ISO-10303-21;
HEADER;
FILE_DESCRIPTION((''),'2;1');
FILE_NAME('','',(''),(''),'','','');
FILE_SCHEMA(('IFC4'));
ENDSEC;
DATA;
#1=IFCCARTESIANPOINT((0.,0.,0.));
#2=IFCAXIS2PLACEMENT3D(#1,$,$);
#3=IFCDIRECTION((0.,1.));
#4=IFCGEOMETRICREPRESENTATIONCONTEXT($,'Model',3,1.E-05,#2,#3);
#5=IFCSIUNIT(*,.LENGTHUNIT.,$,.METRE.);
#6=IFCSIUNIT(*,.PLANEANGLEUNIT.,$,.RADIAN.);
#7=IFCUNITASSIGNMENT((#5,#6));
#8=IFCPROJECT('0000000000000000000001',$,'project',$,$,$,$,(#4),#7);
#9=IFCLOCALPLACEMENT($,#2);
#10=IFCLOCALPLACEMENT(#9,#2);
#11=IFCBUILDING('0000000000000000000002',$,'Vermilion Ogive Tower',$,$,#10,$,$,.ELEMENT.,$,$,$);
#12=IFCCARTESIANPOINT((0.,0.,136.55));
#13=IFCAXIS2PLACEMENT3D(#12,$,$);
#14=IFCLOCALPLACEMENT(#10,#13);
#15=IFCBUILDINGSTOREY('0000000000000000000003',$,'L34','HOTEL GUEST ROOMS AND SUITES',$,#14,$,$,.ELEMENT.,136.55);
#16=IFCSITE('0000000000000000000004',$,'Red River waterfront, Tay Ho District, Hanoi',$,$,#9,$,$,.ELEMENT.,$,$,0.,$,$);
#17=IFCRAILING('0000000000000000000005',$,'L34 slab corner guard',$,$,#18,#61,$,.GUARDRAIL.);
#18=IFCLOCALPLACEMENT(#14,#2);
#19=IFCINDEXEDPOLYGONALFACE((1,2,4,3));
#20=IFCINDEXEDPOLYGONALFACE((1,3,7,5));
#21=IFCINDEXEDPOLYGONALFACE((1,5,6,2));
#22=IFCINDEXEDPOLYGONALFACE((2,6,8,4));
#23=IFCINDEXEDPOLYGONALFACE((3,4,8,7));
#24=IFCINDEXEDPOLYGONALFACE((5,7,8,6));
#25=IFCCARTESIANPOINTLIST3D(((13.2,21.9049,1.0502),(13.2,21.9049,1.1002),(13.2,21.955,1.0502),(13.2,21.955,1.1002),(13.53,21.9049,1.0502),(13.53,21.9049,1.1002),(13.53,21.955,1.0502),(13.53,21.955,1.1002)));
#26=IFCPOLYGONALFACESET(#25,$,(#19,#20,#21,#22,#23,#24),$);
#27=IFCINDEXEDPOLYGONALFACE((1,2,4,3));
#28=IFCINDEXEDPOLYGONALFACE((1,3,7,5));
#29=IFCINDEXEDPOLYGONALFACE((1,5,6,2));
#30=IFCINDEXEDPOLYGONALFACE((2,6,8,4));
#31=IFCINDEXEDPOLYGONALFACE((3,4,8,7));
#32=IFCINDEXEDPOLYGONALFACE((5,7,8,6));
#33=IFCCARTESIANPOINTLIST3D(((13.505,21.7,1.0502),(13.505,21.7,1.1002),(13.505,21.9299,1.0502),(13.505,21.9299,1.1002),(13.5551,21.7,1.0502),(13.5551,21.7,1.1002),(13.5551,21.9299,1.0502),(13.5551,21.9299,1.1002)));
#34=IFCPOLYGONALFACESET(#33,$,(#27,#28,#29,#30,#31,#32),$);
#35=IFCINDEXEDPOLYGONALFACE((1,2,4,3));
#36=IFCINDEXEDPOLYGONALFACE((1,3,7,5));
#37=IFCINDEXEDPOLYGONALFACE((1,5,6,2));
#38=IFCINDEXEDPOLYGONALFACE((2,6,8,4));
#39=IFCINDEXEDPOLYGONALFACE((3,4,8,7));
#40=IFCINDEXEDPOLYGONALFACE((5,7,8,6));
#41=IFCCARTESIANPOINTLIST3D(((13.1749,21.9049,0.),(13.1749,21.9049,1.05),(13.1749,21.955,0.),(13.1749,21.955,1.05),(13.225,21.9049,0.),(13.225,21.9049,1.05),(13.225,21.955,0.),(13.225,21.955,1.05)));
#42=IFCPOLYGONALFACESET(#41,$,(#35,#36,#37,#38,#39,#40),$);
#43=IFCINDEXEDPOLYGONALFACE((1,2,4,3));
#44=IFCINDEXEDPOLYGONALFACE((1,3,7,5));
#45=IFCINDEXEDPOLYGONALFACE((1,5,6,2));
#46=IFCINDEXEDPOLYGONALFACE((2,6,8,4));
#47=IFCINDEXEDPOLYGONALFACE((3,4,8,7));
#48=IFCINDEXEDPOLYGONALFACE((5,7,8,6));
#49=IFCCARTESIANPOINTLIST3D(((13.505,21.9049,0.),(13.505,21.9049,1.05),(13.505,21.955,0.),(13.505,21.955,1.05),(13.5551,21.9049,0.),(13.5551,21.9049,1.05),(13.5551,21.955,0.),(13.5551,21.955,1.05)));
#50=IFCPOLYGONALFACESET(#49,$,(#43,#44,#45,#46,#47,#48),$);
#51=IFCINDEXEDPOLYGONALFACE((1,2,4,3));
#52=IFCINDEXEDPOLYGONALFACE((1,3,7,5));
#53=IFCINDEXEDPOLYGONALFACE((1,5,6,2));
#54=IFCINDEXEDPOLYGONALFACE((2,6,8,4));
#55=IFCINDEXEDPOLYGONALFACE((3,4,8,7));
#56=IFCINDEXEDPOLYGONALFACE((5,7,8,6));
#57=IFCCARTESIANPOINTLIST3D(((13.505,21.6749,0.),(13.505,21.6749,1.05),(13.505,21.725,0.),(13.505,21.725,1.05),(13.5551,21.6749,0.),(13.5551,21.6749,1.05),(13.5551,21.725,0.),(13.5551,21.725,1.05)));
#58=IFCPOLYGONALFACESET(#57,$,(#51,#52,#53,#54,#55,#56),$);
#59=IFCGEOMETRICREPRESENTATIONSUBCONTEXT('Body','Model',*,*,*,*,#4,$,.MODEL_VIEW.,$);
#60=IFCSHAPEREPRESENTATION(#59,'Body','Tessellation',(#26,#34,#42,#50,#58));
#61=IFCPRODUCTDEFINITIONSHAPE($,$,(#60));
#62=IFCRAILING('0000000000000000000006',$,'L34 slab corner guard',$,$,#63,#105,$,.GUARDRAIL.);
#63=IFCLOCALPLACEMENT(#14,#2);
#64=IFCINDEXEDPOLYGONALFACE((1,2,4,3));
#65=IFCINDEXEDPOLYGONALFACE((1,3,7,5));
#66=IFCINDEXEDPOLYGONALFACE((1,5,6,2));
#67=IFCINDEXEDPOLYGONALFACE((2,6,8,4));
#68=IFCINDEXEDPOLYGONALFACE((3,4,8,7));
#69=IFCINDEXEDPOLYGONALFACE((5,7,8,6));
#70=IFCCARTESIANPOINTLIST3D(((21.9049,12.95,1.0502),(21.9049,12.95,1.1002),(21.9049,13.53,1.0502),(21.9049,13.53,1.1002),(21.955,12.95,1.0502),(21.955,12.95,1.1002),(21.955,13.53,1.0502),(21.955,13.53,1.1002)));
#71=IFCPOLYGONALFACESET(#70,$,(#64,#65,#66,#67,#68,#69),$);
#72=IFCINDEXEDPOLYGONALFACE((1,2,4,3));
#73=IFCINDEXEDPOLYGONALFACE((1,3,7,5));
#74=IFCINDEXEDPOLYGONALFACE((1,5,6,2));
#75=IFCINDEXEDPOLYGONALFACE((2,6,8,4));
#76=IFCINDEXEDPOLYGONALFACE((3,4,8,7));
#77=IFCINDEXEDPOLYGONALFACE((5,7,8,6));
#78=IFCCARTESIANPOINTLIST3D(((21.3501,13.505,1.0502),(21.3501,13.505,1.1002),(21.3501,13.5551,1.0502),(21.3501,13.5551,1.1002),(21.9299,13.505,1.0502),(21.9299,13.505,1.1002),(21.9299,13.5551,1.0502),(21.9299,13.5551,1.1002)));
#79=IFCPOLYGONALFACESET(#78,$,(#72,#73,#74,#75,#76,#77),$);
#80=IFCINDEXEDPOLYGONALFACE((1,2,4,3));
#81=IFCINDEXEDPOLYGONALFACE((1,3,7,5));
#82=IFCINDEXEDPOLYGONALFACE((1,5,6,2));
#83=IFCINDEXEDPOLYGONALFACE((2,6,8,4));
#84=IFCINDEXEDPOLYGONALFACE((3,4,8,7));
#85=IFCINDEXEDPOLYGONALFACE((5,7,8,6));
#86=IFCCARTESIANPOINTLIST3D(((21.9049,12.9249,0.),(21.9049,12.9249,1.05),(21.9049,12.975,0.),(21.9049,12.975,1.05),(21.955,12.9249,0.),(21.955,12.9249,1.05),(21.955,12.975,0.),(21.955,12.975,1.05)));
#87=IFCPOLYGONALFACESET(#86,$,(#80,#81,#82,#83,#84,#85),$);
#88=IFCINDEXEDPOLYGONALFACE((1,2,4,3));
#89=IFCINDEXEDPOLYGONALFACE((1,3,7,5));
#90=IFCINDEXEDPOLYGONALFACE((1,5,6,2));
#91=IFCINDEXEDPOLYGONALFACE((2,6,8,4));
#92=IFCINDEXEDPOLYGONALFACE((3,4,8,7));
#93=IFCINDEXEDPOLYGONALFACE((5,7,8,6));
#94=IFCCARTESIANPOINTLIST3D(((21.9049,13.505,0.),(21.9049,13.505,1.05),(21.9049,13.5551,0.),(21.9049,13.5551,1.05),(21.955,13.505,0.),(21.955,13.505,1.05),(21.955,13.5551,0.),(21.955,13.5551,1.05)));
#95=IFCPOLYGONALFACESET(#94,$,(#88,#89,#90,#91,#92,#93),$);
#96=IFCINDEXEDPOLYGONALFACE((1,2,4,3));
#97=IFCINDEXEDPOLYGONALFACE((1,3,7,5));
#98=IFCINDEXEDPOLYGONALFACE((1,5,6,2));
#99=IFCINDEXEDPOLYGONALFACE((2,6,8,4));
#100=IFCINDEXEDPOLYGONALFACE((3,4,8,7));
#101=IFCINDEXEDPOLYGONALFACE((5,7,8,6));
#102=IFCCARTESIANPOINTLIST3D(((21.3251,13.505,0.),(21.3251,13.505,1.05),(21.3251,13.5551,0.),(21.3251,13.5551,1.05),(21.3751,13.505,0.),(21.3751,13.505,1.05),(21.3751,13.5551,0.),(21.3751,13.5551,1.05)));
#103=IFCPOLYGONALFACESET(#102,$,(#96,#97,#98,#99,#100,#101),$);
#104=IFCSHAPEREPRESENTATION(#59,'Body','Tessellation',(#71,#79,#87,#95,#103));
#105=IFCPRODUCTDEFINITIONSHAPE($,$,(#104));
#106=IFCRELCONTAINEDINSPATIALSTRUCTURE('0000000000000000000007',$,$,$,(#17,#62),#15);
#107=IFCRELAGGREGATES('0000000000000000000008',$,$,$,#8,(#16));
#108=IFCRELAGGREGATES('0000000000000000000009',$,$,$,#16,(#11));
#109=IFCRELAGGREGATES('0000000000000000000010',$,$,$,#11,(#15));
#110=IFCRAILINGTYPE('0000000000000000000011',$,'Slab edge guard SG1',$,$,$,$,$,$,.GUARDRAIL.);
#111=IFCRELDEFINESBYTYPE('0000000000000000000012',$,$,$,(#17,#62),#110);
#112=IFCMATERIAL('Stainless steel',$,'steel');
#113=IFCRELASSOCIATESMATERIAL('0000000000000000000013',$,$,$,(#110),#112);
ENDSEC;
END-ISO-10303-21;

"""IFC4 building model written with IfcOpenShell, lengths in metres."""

from ifc_helpers import new_model, si_unit, direction, frame, origin, origin_2d, place, context, subcontext, project, spatial, rectangle, extrude, material, type_object, element, save


model = new_model("IFC4")

# Units and contexts
model_context = context("Model", 3, precision=1e-05, world=origin(), true_north=direction((0.0, 1.0)))
body_context = subcontext(model_context, "Body", "Model", "MODEL_VIEW")
ifc_project = project(units=[si_unit("LENGTHUNIT", "METRE"), si_unit("PLANEANGLEUNIT", "RADIAN")], contexts=[model_context])

# Site, building, storey
site_placement = place(None, origin())
site = spatial("IfcSite", under=ifc_project, at=site_placement, Name="Red River waterfront, Tay Ho District, Hanoi", CompositionType="ELEMENT", RefElevation=0.0)
building_placement = place(site_placement, origin())
building = spatial("IfcBuilding", under=site, at=building_placement, Name="Vermilion Ogive Tower", CompositionType="ELEMENT")
storey_placement = place(building_placement, frame((0.0, 0.0, 136.55)))
storey = spatial("IfcBuildingStorey", under=building, at=storey_placement, Name="L34", Description="HOTEL GUEST ROOMS AND SUITES", CompositionType="ELEMENT", Elevation=136.55)

# Railings
ifc_material_1 = material(Name="Stainless steel", Category="steel")
railing_type = type_object("IfcRailingType", Name="Slab edge guard SG1", PredefinedType="GUARDRAIL", material=ifc_material_1)
railing_1_placement = place(storey_placement, frame((13.2, 21.9299, 0.0)))
element("IfcRailing", 1, at=railing_1_placement, inside=storey, type_object=railing_type, Name="L34 slab corner guard", PredefinedType="GUARDRAIL", context=body_context, shape_type="SweptSolid", body=[
    extrude(rectangle(XDim=0.05, YDim=0.05, at=origin_2d()), frame((0.0, 0.0, 1.0752), z_axis=(1.0, 0.0, 0.0), x_axis=(0.0, 1.0, 0.0)), (0.0, 0.0, 1.0), 0.3301),
    extrude(rectangle(XDim=0.05, YDim=0.05, at=origin_2d()), frame((0.3301, 0.0, 1.0752), z_axis=(0.0, -1.0, 0.0), x_axis=(1.0, 0.0, 0.0)), (0.0, 0.0, 1.0), 0.23),
    extrude(rectangle(XDim=0.05, YDim=0.05, at=origin_2d()), origin(), (0.0, 0.0, 1.0), 1.05),
    extrude(rectangle(XDim=0.05, YDim=0.05, at=origin_2d()), frame((0.3301, 0.0, 0.0)), (0.0, 0.0, 1.0), 1.05),
    extrude(rectangle(XDim=0.05, YDim=0.05, at=origin_2d()), frame((0.3301, -0.23, 0.0)), (0.0, 0.0, 1.0), 1.05),
])
railing_2_placement = place(storey_placement, frame((21.9299, 12.95, 0.0)))
element("IfcRailing", 2, at=railing_2_placement, inside=storey, type_object=railing_type, Name="L34 slab corner guard", PredefinedType="GUARDRAIL", context=body_context, shape_type="SweptSolid", body=[
    extrude(rectangle(XDim=0.05, YDim=0.05, at=origin_2d()), frame((0.0, 0.0, 1.0752), z_axis=(0.0, 1.0, 0.0), x_axis=(-1.0, 0.0, 0.0)), (0.0, 0.0, 1.0), 0.5801),
    extrude(rectangle(XDim=0.05, YDim=0.05, at=origin_2d()), frame((0.0, 0.5801, 1.0752), z_axis=(-1.0, 0.0, 0.0), x_axis=(0.0, -1.0, 0.0)), (0.0, 0.0, 1.0), 0.5798),
    extrude(rectangle(XDim=0.05, YDim=0.05, at=origin_2d()), origin(), (0.0, 0.0, 1.0), 1.05),
    extrude(rectangle(XDim=0.05, YDim=0.05, at=origin_2d()), frame((0.0, 0.5801, 0.0)), (0.0, 0.0, 1.0), 1.05),
    extrude(rectangle(XDim=0.05, YDim=0.05, at=origin_2d()), frame((-0.5798, 0.5801, 0.0)), (0.0, 0.0, 1.0), 1.05),
])

save(model, "model.ifc")
